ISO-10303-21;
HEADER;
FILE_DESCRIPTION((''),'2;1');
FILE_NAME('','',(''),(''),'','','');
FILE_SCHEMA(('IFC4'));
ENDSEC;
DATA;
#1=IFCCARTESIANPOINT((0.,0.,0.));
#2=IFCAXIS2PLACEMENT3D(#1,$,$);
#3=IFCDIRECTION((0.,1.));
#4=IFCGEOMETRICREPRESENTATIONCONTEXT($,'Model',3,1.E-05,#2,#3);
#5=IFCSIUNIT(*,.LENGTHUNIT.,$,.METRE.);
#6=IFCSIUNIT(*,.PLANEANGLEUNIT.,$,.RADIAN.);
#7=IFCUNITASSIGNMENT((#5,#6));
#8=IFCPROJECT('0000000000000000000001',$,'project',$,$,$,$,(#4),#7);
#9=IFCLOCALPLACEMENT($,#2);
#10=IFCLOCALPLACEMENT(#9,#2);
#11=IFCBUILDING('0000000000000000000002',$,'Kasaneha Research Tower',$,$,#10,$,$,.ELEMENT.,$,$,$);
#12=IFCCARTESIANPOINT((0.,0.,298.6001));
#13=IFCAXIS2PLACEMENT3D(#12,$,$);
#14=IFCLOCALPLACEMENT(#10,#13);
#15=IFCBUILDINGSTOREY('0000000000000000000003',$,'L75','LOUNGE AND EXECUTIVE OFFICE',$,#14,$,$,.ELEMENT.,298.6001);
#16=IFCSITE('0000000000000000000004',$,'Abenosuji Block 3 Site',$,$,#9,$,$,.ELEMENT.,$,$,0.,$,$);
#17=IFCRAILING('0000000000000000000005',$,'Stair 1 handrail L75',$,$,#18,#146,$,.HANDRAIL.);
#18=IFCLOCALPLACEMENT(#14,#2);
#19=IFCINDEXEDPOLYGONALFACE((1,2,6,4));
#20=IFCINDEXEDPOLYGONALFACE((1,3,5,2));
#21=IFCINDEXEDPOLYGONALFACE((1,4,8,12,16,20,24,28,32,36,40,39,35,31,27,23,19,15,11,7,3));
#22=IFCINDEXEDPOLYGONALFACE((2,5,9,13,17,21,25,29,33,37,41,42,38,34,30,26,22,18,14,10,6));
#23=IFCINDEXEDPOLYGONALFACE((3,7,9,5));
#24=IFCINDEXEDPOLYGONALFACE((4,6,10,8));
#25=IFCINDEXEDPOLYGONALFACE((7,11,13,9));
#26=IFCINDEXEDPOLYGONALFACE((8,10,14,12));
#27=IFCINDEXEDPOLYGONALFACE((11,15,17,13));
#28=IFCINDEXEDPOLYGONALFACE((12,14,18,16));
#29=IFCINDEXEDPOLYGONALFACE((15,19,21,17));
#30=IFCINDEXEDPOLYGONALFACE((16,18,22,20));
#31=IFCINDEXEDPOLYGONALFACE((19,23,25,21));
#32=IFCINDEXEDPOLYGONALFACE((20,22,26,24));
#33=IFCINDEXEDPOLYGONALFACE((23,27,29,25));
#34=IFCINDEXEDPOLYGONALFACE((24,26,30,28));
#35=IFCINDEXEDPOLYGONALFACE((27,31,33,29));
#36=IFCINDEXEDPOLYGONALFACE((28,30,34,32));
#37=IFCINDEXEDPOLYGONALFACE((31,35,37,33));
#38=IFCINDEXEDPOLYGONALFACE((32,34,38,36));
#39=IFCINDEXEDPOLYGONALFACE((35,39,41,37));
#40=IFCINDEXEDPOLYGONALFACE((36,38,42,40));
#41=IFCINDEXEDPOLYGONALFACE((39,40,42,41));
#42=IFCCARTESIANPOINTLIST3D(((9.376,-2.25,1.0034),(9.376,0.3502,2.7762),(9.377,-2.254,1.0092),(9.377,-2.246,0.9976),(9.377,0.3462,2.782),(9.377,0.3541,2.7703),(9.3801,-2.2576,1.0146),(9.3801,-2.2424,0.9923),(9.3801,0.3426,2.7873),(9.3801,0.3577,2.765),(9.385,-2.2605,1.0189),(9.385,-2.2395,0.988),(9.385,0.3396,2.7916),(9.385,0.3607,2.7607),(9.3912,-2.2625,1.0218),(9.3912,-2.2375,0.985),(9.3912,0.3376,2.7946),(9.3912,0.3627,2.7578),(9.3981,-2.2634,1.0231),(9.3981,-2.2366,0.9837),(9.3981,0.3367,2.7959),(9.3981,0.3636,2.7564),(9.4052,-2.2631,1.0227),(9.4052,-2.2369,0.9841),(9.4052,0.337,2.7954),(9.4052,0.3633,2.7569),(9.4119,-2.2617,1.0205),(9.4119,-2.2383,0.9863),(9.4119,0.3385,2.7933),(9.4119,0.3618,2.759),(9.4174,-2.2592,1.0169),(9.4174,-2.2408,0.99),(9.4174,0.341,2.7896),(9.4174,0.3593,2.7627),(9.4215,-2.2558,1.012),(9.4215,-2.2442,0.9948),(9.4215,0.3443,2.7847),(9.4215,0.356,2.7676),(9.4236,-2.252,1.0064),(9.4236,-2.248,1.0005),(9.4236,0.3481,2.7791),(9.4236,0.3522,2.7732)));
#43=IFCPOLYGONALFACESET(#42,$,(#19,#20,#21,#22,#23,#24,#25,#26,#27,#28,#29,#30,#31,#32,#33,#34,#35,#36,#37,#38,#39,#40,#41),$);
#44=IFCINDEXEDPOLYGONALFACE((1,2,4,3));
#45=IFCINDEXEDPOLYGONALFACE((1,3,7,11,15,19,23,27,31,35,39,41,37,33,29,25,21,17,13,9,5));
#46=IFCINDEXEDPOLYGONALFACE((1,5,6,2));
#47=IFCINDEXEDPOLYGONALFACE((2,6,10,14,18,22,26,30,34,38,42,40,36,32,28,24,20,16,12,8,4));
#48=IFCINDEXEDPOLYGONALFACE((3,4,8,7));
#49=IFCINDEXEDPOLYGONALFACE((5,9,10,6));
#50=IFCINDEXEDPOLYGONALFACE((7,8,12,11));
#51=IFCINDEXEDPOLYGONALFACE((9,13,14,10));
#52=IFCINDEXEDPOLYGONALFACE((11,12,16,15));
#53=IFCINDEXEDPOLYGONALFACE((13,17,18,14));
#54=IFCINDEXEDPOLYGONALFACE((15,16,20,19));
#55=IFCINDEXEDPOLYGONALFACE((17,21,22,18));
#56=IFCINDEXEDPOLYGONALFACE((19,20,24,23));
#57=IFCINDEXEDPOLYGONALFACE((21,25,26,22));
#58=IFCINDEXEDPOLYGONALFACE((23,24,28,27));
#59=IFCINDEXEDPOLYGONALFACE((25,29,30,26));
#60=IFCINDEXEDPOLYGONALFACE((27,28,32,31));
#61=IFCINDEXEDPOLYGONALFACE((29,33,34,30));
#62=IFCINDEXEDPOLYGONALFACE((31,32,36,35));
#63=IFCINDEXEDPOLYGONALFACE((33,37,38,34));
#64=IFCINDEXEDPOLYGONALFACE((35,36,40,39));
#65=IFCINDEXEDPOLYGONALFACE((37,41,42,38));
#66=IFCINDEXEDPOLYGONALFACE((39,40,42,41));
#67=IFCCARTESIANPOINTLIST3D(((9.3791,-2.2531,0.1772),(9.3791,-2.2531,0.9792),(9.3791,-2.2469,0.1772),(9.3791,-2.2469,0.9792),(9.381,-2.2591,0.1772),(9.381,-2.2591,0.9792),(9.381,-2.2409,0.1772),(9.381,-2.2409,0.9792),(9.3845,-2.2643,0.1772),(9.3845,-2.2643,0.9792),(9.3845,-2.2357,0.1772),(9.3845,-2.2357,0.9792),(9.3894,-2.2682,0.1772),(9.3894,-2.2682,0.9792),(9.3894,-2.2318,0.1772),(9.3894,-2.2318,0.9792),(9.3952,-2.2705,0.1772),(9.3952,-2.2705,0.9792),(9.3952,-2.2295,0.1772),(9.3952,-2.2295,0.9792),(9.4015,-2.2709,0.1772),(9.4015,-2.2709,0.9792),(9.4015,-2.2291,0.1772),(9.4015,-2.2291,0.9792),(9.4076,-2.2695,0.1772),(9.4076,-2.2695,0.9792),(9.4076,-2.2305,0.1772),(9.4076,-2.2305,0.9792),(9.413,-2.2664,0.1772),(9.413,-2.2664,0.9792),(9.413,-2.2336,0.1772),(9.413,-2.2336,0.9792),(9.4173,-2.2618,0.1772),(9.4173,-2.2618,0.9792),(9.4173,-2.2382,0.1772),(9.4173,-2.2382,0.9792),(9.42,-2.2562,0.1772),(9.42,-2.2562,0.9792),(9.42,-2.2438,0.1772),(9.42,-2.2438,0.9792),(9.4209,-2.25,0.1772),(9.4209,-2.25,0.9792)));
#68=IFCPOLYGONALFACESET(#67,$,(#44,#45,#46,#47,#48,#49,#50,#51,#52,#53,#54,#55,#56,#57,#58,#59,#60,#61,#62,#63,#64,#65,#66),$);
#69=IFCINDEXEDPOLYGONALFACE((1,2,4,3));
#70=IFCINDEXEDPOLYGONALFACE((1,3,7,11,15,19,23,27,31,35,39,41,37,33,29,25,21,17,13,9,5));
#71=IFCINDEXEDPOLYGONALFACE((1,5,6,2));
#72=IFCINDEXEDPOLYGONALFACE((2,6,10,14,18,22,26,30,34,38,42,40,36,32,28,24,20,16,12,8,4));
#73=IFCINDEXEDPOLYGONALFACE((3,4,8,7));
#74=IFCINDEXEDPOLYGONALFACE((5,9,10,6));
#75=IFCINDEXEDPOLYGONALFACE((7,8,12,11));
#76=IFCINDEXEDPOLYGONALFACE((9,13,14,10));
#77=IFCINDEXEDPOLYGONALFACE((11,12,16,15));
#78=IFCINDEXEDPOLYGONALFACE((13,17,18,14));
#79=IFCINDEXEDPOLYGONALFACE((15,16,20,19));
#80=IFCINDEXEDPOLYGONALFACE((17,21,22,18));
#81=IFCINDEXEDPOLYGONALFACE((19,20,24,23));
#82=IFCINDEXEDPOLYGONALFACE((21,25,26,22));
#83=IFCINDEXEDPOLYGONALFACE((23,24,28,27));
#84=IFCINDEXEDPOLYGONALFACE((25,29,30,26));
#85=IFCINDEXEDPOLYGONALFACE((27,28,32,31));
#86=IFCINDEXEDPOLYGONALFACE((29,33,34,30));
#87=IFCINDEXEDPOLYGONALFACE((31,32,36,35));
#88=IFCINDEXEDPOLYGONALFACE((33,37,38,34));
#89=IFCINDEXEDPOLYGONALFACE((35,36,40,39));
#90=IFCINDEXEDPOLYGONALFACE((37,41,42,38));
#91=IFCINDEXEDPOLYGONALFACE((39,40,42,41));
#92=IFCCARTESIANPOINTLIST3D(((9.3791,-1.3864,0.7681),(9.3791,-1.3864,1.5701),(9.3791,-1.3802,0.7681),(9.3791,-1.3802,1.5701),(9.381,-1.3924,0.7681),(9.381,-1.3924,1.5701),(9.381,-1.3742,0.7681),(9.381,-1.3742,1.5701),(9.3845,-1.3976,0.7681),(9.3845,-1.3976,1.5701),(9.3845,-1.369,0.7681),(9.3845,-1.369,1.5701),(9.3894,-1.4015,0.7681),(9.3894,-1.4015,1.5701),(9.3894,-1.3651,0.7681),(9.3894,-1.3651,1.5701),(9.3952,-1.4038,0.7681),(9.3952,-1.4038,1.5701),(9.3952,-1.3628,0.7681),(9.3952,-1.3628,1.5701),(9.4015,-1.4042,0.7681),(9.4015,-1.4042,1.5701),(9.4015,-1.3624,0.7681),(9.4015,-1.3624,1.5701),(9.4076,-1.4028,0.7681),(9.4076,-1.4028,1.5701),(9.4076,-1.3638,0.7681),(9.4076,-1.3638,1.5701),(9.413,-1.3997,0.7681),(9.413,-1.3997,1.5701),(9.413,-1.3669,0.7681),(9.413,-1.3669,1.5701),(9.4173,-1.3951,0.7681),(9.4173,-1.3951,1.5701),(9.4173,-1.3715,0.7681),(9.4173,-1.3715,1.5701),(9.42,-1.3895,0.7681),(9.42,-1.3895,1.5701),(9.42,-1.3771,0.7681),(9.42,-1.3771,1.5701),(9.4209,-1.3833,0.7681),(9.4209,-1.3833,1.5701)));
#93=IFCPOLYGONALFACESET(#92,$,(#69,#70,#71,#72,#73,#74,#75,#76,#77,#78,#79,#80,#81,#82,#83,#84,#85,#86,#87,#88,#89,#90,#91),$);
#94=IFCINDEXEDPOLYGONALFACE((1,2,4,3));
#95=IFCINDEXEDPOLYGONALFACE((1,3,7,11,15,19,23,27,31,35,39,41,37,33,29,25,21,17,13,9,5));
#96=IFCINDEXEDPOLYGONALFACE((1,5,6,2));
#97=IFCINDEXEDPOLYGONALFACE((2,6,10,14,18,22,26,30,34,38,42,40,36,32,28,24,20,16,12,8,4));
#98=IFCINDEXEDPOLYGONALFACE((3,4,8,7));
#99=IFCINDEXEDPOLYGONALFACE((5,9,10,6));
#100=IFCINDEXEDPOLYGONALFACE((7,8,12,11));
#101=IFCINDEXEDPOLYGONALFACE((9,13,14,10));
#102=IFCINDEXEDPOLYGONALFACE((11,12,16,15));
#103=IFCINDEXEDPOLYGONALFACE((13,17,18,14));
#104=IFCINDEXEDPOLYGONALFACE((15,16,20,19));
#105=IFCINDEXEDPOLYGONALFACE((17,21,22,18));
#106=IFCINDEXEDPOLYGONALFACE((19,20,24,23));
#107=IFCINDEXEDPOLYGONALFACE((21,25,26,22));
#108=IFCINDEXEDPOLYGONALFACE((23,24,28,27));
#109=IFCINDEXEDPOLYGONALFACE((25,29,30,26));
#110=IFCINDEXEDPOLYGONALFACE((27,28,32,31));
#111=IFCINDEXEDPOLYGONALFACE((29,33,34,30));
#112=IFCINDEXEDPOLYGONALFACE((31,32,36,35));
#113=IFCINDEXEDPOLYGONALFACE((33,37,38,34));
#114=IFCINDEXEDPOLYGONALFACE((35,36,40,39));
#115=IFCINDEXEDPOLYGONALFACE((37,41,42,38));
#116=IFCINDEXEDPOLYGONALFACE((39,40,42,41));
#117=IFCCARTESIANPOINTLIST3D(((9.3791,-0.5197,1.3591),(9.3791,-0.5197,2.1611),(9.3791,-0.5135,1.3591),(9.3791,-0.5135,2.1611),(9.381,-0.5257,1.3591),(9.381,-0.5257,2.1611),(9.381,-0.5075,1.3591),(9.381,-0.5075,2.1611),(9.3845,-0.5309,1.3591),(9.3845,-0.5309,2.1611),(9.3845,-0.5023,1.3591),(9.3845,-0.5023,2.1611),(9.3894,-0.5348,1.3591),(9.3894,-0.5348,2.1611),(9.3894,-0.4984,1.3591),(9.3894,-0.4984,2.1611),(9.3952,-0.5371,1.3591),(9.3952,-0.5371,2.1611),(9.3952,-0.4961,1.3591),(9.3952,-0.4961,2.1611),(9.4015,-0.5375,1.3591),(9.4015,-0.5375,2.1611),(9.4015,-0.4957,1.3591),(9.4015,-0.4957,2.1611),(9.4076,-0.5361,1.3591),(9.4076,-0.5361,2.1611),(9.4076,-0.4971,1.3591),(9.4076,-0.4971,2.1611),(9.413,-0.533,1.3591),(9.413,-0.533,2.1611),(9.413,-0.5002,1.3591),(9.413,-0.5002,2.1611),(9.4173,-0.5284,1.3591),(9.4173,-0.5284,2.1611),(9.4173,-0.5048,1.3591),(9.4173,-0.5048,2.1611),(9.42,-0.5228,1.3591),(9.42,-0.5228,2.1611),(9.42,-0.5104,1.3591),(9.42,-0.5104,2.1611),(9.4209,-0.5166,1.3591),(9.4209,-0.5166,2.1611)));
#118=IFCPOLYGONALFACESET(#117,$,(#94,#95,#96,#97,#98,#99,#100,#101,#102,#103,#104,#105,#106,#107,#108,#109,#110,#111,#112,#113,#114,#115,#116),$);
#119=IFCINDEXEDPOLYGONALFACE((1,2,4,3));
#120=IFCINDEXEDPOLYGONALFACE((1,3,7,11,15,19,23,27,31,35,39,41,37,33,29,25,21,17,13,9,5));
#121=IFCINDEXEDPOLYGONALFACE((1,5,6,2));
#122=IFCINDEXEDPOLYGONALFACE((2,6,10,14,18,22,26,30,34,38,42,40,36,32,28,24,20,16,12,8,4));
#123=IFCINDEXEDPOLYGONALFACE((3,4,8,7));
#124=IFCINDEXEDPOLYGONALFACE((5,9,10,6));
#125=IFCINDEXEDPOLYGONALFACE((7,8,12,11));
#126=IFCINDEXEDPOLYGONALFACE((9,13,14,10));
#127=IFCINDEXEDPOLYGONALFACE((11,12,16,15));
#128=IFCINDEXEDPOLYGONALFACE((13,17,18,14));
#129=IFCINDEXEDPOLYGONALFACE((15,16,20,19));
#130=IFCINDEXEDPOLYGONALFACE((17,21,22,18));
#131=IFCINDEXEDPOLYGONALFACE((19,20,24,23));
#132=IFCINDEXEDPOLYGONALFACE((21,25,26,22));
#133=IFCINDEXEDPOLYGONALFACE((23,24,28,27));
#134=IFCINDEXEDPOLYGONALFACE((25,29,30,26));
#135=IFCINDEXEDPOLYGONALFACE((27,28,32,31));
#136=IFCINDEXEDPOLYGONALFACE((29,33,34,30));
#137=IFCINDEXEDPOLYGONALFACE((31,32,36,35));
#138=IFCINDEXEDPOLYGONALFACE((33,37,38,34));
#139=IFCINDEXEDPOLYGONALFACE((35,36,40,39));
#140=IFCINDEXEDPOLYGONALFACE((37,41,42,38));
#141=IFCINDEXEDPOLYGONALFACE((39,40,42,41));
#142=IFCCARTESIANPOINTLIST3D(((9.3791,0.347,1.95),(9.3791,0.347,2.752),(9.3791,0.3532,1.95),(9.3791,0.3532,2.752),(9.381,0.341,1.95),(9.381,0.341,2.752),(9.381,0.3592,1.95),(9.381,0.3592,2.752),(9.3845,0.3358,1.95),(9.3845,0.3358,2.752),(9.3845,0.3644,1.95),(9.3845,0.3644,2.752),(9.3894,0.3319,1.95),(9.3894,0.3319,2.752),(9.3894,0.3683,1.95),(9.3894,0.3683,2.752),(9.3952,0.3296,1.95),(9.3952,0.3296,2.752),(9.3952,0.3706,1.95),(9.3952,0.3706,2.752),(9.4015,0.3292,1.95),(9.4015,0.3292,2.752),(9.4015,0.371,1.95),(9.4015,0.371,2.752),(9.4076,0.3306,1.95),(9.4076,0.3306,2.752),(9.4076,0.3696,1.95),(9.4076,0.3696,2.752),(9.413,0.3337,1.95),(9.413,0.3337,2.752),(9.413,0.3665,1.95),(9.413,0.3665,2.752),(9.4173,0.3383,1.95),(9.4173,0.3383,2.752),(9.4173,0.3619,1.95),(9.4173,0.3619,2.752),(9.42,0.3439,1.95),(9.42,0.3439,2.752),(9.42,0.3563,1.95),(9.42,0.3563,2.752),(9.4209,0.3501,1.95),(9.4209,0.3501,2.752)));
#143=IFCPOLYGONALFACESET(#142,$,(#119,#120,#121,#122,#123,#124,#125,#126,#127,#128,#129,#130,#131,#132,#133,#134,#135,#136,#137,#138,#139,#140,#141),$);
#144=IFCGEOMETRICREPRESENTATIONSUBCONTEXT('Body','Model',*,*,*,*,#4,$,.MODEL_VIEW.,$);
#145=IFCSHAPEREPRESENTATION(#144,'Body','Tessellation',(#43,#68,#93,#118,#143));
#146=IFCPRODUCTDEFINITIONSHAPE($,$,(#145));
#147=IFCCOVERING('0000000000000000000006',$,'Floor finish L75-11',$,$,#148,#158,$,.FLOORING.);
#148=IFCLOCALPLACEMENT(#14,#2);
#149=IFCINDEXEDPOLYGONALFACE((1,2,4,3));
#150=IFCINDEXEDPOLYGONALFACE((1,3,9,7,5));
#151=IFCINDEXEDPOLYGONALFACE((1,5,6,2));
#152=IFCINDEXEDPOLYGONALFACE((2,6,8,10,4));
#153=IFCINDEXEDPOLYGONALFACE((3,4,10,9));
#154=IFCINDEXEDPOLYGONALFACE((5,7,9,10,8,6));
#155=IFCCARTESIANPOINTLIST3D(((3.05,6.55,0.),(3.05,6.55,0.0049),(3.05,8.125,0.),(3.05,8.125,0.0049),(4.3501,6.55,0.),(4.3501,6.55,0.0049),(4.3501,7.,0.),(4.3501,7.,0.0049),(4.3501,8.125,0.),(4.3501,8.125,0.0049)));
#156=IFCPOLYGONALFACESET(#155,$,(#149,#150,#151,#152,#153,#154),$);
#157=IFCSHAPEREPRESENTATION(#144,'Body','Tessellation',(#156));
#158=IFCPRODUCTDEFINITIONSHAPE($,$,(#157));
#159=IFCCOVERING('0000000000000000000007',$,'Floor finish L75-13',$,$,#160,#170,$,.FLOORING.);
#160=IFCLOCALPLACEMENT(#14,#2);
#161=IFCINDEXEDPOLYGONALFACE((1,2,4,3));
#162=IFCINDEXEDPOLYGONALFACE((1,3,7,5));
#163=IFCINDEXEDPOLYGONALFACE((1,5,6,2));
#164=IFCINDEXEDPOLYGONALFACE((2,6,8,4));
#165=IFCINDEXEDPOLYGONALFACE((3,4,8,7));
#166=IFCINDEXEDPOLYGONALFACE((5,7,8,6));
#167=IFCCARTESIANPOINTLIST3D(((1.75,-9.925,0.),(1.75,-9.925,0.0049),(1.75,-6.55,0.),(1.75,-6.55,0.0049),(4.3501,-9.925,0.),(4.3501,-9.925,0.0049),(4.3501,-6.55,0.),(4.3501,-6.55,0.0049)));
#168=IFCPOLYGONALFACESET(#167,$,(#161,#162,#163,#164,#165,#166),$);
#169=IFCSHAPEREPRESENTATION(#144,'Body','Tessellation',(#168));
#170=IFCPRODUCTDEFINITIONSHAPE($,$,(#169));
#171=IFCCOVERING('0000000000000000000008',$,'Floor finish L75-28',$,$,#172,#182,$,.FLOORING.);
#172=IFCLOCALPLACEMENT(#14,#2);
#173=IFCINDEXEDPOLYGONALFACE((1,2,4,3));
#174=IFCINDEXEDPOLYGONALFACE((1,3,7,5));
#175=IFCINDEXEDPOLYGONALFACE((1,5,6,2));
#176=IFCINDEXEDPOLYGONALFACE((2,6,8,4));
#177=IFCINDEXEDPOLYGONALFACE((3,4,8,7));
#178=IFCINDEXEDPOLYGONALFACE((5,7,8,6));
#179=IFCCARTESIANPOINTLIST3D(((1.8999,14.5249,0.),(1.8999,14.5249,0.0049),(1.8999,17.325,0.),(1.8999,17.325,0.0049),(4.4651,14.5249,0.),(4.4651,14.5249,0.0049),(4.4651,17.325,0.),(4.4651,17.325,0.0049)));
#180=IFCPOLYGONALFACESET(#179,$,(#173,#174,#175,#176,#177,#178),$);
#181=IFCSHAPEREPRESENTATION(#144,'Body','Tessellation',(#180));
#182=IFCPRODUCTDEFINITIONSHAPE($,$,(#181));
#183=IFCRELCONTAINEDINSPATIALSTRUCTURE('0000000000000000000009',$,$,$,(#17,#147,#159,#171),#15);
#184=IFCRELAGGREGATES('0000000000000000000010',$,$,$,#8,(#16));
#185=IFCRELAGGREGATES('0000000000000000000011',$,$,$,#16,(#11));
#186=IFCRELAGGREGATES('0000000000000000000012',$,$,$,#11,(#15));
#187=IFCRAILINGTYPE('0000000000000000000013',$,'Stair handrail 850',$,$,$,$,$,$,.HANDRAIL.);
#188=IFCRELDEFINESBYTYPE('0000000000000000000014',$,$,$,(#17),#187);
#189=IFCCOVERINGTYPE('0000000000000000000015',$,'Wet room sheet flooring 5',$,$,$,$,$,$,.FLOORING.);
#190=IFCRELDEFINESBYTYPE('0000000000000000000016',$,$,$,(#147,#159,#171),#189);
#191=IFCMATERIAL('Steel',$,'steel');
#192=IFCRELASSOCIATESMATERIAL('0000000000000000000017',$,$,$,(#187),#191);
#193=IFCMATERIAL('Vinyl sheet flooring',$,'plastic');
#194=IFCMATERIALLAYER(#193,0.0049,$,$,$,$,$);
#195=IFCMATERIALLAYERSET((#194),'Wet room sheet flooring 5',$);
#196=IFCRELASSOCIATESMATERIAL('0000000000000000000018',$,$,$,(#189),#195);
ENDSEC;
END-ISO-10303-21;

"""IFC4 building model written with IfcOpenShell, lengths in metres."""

from ifc_helpers import new_model, si_unit, direction, frame, origin, origin_2d, place, context, subcontext, project, spatial, polyline, circle, outline, extrude, material, layer, layer_set, type_object, element, save


model = new_model("IFC4")

# Units and contexts
model_context = context("Model", 3, precision=1e-05, world=origin(), true_north=direction((0.0, 1.0)))
body_context = subcontext(model_context, "Body", "Model", "MODEL_VIEW")
ifc_project = project(units=[si_unit("LENGTHUNIT", "METRE"), si_unit("PLANEANGLEUNIT", "RADIAN")], contexts=[model_context])

# Site, building, storey
site_placement = place(None, origin())
site = spatial("IfcSite", under=ifc_project, at=site_placement, Name="Abenosuji Block 3 Site", CompositionType="ELEMENT", RefElevation=0.0)
building_placement = place(site_placement, origin())
building = spatial("IfcBuilding", under=site, at=building_placement, Name="Kasaneha Research Tower", CompositionType="ELEMENT")
storey_placement = place(building_placement, frame((0.0, 0.0, 298.6001)))
storey = spatial("IfcBuildingStorey", under=building, at=storey_placement, Name="L75", Description="LOUNGE AND EXECUTIVE OFFICE", CompositionType="ELEMENT", Elevation=298.6001)

# Railing
ifc_material_1 = material(Name="Steel", Category="steel")
railing_type = type_object("IfcRailingType", Name="Stair handrail 850", PredefinedType="HANDRAIL", material=ifc_material_1)
railing_placement = place(storey_placement, frame((9.3999, -2.25, 0.1772)))
element("IfcRailing", 1, at=railing_placement, inside=storey, type_object=railing_type, Name="Stair 1 handrail L75", PredefinedType="HANDRAIL", context=body_context, shape_type="SweptSolid", body=[
    extrude(circle(Radius=0.0239, at=origin_2d()), frame((0.0, 0.0, 0.8262), z_axis=(0.0, 0.82624, 0.563318), x_axis=(-1.0, 0.0, 0.0)), (0.0, 0.0, 1.0), 3.147),
    extrude(circle(Radius=0.021, at=origin_2d()), origin(), (0.0, 0.0, 1.0), 0.802),
    extrude(circle(Radius=0.021, at=origin_2d()), frame((0.0, 0.8667, 0.5908)), (0.0, 0.0, 1.0), 0.802),
    extrude(circle(Radius=0.021, at=origin_2d()), frame((0.0, 1.7334, 1.1819)), (0.0, 0.0, 1.0), 0.802),
    extrude(circle(Radius=0.021, at=origin_2d()), frame((0.0, 2.6001, 1.7727)), (0.0, 0.0, 1.0), 0.802),
])

# Coverings
ifc_material_2 = material(Name="Vinyl sheet flooring", Category="plastic")
ifc_layer_1 = layer(ifc_material_2, 0.0049)
ifc_layer_set_1 = layer_set([ifc_layer_1], Name="Wet room sheet flooring 5")
covering_type = type_object("IfcCoveringType", Name="Wet room sheet flooring 5", PredefinedType="FLOORING", material=ifc_layer_set_1)
covering_1_placement = place(storey_placement, origin())
element("IfcCovering", 2, at=covering_1_placement, inside=storey, type_object=covering_type, Name="Floor finish L75-11", PredefinedType="FLOORING", context=body_context, shape_type="SweptSolid", body=[
    extrude(outline(polyline([(3.05, 6.55), (3.05, 8.125), (4.3501, 8.125), (4.3501, 7.0), (4.3501, 6.55), (3.05, 6.55)])), origin(), (0.0, 0.0, 1.0), 0.0049),
])
covering_2_placement = place(storey_placement, origin())
element("IfcCovering", 3, at=covering_2_placement, inside=storey, type_object=covering_type, Name="Floor finish L75-13", PredefinedType="FLOORING", context=body_context, shape_type="SweptSolid", body=[
    extrude(outline(polyline([(1.75, -9.925), (1.75, -6.55), (4.3501, -6.55), (4.3501, -9.925), (1.75, -9.925)])), origin(), (0.0, 0.0, 1.0), 0.0049),
])
covering_3_placement = place(storey_placement, origin())
element("IfcCovering", 4, at=covering_3_placement, inside=storey, type_object=covering_type, Name="Floor finish L75-28", PredefinedType="FLOORING", context=body_context, shape_type="SweptSolid", body=[
    extrude(outline(polyline([(1.8999, 17.325), (4.4651, 17.325), (4.4651, 14.5249), (1.8999, 14.5249), (1.8999, 17.325)])), origin(), (0.0, 0.0, 1.0), 0.0049),
])

save(model, "model.ifc")
